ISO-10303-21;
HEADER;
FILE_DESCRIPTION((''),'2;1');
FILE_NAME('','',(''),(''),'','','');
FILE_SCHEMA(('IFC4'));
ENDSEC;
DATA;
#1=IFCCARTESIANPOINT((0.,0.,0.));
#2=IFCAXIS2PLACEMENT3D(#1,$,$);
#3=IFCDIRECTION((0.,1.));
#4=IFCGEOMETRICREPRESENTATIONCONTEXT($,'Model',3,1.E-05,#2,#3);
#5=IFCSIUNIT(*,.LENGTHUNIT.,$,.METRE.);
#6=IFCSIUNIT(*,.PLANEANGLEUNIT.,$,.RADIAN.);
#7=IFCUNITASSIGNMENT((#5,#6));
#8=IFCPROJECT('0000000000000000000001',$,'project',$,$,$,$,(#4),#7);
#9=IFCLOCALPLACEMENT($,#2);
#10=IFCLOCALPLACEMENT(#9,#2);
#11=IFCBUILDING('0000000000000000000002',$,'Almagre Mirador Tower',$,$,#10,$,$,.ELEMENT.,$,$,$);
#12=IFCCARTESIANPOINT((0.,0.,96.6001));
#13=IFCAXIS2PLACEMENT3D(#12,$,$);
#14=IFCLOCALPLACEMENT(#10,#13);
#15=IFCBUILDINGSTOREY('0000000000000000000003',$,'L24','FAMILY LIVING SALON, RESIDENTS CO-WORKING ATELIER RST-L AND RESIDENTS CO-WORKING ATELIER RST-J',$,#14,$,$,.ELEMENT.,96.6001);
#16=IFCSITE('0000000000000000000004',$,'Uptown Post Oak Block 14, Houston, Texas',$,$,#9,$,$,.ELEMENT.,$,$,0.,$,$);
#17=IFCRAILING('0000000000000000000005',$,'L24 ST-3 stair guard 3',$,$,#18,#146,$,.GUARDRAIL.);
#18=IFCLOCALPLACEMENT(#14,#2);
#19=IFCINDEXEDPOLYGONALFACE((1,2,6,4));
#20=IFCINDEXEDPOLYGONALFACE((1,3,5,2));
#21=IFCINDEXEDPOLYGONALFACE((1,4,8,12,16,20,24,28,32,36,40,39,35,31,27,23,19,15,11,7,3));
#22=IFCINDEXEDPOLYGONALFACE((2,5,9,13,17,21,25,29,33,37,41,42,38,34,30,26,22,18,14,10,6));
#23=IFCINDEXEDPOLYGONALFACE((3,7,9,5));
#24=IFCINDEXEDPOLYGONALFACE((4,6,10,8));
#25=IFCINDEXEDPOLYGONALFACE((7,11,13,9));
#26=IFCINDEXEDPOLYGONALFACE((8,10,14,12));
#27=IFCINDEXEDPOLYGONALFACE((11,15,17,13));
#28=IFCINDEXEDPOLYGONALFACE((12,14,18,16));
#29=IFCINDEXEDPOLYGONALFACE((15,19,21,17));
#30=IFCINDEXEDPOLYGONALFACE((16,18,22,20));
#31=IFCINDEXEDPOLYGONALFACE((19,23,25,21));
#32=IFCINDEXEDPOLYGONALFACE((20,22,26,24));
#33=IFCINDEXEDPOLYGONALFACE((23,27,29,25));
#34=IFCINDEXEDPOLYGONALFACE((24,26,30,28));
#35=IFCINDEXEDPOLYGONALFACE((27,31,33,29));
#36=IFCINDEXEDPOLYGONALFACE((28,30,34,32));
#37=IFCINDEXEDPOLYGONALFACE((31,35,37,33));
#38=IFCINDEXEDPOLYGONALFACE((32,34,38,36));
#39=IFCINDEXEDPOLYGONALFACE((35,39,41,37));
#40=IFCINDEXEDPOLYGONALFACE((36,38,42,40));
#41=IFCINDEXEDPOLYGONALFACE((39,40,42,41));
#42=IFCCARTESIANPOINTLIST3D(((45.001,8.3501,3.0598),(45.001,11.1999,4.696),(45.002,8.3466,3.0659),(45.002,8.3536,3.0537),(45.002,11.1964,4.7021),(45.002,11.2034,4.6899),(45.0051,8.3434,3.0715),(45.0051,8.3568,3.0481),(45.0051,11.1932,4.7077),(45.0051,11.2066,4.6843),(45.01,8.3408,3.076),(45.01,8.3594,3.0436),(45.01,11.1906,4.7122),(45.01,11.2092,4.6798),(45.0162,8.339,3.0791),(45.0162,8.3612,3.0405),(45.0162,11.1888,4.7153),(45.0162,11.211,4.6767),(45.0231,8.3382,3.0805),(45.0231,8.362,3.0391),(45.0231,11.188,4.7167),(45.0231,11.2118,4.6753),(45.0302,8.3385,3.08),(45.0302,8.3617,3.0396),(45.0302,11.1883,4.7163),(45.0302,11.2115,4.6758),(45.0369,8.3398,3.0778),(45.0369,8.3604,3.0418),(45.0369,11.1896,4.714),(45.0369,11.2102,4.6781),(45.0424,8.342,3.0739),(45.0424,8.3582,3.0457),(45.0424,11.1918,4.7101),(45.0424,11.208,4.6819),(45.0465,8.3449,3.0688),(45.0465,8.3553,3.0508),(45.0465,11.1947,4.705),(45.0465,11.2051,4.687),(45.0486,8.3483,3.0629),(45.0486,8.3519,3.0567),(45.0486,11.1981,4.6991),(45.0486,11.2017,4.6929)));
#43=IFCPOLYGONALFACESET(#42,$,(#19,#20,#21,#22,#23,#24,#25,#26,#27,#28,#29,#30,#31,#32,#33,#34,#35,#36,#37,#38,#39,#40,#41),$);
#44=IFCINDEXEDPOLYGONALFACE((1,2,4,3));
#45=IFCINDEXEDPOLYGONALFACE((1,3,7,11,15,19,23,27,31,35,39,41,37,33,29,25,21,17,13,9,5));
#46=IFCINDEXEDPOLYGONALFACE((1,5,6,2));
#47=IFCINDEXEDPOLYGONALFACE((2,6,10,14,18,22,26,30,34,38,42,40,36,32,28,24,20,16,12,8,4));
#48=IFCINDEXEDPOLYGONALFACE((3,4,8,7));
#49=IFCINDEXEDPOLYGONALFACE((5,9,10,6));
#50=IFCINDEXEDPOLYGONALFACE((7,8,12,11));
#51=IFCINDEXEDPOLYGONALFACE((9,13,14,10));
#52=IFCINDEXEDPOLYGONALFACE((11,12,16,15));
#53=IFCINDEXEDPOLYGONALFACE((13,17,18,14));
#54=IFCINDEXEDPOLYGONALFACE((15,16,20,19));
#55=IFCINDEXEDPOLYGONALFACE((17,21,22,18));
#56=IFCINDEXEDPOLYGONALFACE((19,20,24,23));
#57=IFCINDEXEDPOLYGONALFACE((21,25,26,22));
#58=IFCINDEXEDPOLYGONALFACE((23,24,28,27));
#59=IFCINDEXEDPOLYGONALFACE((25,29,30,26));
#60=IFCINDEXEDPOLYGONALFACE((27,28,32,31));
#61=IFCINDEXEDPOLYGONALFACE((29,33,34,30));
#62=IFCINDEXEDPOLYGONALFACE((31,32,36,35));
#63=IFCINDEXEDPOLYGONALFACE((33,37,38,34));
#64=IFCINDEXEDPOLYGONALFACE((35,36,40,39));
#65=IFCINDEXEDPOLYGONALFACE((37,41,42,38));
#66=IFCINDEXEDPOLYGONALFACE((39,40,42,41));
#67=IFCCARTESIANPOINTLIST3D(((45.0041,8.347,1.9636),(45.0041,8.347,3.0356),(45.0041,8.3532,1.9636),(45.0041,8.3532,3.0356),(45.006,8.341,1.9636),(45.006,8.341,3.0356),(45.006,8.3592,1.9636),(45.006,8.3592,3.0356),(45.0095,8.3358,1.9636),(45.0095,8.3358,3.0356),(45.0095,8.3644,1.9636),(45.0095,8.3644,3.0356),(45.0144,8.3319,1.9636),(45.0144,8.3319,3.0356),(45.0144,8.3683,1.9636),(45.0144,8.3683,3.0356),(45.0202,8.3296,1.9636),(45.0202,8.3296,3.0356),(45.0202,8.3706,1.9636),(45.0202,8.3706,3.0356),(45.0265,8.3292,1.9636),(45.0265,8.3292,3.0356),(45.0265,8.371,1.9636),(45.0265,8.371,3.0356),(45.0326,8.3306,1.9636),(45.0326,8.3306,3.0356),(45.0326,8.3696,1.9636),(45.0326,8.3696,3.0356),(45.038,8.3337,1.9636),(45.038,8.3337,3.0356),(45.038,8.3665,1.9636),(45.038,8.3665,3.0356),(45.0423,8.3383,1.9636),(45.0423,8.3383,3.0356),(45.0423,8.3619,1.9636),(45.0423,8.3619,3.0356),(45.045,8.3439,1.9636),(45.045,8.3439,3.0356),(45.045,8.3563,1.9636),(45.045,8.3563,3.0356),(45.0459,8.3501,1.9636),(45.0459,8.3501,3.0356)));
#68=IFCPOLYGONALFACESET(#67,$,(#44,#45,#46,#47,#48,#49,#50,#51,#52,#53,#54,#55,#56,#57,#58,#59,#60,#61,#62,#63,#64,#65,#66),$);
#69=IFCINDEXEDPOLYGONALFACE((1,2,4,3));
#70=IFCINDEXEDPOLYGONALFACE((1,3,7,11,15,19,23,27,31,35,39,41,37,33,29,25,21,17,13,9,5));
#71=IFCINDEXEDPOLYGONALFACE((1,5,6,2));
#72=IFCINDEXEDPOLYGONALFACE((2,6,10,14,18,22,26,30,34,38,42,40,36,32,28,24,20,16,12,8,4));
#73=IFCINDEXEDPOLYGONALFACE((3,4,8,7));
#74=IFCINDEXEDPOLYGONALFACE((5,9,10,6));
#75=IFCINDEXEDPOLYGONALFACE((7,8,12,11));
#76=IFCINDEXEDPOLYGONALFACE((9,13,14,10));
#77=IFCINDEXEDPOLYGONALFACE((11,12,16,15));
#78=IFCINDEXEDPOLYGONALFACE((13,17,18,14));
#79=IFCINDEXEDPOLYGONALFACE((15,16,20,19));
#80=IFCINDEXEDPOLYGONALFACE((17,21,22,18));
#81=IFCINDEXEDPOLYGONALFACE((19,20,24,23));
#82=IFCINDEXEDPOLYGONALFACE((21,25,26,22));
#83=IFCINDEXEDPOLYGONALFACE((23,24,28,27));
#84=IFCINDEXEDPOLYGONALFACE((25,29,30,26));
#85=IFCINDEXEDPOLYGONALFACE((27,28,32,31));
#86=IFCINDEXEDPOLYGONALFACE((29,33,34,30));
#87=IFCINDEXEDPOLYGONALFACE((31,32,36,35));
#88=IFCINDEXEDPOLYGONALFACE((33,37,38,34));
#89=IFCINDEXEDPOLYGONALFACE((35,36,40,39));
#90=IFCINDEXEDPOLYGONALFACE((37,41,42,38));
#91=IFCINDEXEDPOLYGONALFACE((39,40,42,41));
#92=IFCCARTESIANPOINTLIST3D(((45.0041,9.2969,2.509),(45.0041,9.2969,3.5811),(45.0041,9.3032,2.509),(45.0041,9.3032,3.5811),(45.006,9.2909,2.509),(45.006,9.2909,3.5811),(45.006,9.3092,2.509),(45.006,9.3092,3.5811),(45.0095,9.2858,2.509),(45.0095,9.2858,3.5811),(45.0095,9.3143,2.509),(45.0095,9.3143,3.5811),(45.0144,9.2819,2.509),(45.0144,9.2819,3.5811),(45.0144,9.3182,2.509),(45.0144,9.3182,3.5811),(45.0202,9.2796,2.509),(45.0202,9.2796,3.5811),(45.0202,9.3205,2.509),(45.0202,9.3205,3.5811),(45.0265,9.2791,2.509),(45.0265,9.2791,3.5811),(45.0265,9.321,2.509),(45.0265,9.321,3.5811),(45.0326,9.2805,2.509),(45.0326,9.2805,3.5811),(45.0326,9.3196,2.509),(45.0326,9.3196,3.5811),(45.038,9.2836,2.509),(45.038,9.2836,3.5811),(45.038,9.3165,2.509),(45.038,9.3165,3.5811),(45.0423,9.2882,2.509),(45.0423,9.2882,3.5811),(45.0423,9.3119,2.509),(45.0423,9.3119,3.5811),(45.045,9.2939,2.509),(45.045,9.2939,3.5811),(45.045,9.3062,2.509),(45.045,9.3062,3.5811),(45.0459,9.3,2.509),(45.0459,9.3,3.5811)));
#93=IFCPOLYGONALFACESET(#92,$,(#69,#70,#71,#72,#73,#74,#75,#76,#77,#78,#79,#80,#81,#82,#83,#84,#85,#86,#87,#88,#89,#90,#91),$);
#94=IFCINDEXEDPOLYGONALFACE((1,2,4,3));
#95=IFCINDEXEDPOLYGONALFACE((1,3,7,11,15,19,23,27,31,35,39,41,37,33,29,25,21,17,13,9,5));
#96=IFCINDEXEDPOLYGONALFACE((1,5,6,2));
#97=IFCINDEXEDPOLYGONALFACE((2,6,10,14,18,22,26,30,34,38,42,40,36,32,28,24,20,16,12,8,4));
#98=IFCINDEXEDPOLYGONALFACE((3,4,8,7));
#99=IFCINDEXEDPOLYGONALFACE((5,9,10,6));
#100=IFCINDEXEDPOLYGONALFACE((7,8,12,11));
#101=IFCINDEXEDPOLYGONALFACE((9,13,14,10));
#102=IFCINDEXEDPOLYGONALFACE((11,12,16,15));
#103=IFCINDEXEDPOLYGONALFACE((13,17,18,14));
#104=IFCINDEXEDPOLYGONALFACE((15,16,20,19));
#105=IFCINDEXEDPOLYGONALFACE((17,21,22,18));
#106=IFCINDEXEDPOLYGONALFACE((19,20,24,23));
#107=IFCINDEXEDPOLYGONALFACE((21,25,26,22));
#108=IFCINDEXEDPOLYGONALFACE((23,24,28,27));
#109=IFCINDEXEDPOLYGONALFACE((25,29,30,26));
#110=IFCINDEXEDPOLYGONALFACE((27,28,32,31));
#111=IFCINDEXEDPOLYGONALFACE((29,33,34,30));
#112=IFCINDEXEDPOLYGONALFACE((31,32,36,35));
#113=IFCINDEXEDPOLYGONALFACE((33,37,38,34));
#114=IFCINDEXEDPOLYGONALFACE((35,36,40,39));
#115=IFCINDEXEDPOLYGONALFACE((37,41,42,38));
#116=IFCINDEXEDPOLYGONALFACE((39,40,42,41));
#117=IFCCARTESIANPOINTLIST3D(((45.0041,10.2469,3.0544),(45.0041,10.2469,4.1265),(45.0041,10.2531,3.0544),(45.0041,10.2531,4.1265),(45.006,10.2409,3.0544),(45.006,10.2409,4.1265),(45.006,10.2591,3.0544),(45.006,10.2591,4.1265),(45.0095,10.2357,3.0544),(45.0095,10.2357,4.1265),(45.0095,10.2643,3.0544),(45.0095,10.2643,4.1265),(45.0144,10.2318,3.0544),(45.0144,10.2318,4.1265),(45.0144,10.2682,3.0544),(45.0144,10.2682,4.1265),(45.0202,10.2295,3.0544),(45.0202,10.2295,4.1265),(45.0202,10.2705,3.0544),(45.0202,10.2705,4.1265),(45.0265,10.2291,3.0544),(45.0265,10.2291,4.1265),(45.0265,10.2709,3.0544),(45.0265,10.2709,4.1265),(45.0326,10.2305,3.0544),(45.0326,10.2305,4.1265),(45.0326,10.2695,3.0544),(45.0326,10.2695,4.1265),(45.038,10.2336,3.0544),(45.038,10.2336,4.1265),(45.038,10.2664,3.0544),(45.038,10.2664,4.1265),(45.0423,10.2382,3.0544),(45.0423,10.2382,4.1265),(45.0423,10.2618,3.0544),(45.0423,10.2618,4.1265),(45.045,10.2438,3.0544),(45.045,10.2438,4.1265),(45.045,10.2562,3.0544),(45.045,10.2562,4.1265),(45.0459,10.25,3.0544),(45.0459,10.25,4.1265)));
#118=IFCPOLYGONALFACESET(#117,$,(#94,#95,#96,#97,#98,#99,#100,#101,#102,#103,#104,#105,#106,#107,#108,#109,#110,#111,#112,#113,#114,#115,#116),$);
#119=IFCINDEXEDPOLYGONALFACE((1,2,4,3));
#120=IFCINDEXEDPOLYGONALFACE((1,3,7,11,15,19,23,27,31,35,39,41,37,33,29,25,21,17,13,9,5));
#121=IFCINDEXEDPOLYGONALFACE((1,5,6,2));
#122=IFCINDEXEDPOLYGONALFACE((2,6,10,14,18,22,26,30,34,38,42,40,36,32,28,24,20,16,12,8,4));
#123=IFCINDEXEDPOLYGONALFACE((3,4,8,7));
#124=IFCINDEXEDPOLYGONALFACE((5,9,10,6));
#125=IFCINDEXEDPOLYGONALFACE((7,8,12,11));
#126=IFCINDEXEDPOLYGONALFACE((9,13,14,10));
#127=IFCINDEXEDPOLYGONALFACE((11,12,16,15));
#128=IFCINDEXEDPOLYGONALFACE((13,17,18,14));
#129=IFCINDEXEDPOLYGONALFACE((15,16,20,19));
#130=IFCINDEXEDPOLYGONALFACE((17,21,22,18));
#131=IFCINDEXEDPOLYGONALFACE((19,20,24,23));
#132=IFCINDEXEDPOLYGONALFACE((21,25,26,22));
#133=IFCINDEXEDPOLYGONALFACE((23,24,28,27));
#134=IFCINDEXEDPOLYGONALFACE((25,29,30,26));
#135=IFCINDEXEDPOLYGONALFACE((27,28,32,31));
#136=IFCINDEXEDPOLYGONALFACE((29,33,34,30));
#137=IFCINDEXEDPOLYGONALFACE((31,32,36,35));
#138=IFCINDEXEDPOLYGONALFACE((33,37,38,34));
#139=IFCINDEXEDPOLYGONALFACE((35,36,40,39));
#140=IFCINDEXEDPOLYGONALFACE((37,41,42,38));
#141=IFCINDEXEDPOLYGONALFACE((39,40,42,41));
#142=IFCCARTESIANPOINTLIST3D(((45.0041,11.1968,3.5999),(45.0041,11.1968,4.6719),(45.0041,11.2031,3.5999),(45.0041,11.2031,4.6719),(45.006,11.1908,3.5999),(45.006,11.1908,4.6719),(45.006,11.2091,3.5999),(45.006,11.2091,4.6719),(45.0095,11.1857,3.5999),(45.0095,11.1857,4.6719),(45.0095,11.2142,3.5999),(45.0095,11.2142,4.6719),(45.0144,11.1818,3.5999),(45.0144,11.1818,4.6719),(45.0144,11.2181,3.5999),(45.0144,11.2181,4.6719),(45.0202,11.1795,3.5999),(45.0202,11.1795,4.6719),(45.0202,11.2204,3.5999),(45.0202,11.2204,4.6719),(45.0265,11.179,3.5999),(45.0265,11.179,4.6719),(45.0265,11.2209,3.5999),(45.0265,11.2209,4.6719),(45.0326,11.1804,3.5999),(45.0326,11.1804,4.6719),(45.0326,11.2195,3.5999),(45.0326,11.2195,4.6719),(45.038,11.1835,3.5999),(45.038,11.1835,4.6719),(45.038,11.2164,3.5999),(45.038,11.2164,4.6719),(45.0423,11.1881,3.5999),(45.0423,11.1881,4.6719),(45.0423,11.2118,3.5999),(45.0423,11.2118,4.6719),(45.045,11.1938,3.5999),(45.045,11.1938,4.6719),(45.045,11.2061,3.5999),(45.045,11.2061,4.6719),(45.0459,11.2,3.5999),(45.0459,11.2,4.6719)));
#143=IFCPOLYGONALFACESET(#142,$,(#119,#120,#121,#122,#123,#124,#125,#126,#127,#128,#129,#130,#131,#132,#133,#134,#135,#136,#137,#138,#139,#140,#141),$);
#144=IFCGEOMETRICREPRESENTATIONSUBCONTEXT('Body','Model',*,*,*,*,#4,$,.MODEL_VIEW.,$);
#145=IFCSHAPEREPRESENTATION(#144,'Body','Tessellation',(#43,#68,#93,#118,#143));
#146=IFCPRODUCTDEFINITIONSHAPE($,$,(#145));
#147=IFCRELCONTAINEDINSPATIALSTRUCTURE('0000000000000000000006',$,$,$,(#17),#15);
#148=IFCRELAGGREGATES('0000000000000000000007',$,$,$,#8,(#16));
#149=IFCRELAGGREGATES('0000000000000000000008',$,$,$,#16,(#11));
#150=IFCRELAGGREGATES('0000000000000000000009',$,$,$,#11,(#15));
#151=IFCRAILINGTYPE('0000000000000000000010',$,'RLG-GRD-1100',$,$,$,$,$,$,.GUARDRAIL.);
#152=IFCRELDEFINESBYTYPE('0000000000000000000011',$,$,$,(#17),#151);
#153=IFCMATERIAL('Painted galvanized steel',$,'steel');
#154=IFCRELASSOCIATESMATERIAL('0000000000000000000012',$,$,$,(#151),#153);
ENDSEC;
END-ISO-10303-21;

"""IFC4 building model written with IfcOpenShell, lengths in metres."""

from ifc_helpers import new_model, si_unit, direction, frame, origin, origin_2d, place, context, subcontext, project, spatial, circle, extrude, material, type_object, element, save


model = new_model("IFC4")

# Units and contexts
model_context = context("Model", 3, precision=1e-05, world=origin(), true_north=direction((0.0, 1.0)))
body_context = subcontext(model_context, "Body", "Model", "MODEL_VIEW")
ifc_project = project(units=[si_unit("LENGTHUNIT", "METRE"), si_unit("PLANEANGLEUNIT", "RADIAN")], contexts=[model_context])

# Site, building, storey
site_placement = place(None, origin())
site = spatial("IfcSite", under=ifc_project, at=site_placement, Name="Uptown Post Oak Block 14, Houston, Texas", CompositionType="ELEMENT", RefElevation=0.0)
building_placement = place(site_placement, origin())
building = spatial("IfcBuilding", under=site, at=building_placement, Name="Almagre Mirador Tower", CompositionType="ELEMENT")
storey_placement = place(building_placement, frame((0.0, 0.0, 96.6001)))
storey = spatial("IfcBuildingStorey", under=building, at=storey_placement, Name="L24", Description="FAMILY LIVING SALON, RESIDENTS CO-WORKING ATELIER RST-L AND RESIDENTS CO-WORKING ATELIER RST-J", CompositionType="ELEMENT", Elevation=96.6001)

# Railing
ifc_material_1 = material(Name="Painted galvanized steel", Category="steel")
railing_type_1 = type_object("IfcRailingType", Name="RLG-GRD-1100", PredefinedType="GUARDRAIL", material=ifc_material_1)
railing_1_placement = place(storey_placement, frame((45.0249, 8.3501, 1.9636)))
element("IfcRailing", 1, at=railing_1_placement, inside=storey, type_object=railing_type_1, Name="L24 ST-3 stair guard 3", PredefinedType="GUARDRAIL", context=body_context, shape_type="SweptSolid", body=[
    extrude(circle(Radius=0.0239, at=origin_2d()), frame((0.0, 0.0, 1.0962), z_axis=(0.0, 0.867226, 0.497914), x_axis=(-1.0, 0.0, 0.0)), (0.0, 0.0, 1.0), 3.2861),
    extrude(circle(Radius=0.021, at=origin_2d()), origin(), (0.0, 0.0, 1.0), 1.072),
    extrude(circle(Radius=0.021, at=origin_2d()), frame((0.0, 0.95, 0.5454)), (0.0, 0.0, 1.0), 1.072),
    extrude(circle(Radius=0.021, at=origin_2d()), frame((0.0, 1.8999, 1.0908)), (0.0, 0.0, 1.0), 1.072),
    extrude(circle(Radius=0.021, at=origin_2d()), frame((0.0, 2.8499, 1.6362)), (0.0, 0.0, 1.0), 1.072),
])

save(model, "model.ifc")
